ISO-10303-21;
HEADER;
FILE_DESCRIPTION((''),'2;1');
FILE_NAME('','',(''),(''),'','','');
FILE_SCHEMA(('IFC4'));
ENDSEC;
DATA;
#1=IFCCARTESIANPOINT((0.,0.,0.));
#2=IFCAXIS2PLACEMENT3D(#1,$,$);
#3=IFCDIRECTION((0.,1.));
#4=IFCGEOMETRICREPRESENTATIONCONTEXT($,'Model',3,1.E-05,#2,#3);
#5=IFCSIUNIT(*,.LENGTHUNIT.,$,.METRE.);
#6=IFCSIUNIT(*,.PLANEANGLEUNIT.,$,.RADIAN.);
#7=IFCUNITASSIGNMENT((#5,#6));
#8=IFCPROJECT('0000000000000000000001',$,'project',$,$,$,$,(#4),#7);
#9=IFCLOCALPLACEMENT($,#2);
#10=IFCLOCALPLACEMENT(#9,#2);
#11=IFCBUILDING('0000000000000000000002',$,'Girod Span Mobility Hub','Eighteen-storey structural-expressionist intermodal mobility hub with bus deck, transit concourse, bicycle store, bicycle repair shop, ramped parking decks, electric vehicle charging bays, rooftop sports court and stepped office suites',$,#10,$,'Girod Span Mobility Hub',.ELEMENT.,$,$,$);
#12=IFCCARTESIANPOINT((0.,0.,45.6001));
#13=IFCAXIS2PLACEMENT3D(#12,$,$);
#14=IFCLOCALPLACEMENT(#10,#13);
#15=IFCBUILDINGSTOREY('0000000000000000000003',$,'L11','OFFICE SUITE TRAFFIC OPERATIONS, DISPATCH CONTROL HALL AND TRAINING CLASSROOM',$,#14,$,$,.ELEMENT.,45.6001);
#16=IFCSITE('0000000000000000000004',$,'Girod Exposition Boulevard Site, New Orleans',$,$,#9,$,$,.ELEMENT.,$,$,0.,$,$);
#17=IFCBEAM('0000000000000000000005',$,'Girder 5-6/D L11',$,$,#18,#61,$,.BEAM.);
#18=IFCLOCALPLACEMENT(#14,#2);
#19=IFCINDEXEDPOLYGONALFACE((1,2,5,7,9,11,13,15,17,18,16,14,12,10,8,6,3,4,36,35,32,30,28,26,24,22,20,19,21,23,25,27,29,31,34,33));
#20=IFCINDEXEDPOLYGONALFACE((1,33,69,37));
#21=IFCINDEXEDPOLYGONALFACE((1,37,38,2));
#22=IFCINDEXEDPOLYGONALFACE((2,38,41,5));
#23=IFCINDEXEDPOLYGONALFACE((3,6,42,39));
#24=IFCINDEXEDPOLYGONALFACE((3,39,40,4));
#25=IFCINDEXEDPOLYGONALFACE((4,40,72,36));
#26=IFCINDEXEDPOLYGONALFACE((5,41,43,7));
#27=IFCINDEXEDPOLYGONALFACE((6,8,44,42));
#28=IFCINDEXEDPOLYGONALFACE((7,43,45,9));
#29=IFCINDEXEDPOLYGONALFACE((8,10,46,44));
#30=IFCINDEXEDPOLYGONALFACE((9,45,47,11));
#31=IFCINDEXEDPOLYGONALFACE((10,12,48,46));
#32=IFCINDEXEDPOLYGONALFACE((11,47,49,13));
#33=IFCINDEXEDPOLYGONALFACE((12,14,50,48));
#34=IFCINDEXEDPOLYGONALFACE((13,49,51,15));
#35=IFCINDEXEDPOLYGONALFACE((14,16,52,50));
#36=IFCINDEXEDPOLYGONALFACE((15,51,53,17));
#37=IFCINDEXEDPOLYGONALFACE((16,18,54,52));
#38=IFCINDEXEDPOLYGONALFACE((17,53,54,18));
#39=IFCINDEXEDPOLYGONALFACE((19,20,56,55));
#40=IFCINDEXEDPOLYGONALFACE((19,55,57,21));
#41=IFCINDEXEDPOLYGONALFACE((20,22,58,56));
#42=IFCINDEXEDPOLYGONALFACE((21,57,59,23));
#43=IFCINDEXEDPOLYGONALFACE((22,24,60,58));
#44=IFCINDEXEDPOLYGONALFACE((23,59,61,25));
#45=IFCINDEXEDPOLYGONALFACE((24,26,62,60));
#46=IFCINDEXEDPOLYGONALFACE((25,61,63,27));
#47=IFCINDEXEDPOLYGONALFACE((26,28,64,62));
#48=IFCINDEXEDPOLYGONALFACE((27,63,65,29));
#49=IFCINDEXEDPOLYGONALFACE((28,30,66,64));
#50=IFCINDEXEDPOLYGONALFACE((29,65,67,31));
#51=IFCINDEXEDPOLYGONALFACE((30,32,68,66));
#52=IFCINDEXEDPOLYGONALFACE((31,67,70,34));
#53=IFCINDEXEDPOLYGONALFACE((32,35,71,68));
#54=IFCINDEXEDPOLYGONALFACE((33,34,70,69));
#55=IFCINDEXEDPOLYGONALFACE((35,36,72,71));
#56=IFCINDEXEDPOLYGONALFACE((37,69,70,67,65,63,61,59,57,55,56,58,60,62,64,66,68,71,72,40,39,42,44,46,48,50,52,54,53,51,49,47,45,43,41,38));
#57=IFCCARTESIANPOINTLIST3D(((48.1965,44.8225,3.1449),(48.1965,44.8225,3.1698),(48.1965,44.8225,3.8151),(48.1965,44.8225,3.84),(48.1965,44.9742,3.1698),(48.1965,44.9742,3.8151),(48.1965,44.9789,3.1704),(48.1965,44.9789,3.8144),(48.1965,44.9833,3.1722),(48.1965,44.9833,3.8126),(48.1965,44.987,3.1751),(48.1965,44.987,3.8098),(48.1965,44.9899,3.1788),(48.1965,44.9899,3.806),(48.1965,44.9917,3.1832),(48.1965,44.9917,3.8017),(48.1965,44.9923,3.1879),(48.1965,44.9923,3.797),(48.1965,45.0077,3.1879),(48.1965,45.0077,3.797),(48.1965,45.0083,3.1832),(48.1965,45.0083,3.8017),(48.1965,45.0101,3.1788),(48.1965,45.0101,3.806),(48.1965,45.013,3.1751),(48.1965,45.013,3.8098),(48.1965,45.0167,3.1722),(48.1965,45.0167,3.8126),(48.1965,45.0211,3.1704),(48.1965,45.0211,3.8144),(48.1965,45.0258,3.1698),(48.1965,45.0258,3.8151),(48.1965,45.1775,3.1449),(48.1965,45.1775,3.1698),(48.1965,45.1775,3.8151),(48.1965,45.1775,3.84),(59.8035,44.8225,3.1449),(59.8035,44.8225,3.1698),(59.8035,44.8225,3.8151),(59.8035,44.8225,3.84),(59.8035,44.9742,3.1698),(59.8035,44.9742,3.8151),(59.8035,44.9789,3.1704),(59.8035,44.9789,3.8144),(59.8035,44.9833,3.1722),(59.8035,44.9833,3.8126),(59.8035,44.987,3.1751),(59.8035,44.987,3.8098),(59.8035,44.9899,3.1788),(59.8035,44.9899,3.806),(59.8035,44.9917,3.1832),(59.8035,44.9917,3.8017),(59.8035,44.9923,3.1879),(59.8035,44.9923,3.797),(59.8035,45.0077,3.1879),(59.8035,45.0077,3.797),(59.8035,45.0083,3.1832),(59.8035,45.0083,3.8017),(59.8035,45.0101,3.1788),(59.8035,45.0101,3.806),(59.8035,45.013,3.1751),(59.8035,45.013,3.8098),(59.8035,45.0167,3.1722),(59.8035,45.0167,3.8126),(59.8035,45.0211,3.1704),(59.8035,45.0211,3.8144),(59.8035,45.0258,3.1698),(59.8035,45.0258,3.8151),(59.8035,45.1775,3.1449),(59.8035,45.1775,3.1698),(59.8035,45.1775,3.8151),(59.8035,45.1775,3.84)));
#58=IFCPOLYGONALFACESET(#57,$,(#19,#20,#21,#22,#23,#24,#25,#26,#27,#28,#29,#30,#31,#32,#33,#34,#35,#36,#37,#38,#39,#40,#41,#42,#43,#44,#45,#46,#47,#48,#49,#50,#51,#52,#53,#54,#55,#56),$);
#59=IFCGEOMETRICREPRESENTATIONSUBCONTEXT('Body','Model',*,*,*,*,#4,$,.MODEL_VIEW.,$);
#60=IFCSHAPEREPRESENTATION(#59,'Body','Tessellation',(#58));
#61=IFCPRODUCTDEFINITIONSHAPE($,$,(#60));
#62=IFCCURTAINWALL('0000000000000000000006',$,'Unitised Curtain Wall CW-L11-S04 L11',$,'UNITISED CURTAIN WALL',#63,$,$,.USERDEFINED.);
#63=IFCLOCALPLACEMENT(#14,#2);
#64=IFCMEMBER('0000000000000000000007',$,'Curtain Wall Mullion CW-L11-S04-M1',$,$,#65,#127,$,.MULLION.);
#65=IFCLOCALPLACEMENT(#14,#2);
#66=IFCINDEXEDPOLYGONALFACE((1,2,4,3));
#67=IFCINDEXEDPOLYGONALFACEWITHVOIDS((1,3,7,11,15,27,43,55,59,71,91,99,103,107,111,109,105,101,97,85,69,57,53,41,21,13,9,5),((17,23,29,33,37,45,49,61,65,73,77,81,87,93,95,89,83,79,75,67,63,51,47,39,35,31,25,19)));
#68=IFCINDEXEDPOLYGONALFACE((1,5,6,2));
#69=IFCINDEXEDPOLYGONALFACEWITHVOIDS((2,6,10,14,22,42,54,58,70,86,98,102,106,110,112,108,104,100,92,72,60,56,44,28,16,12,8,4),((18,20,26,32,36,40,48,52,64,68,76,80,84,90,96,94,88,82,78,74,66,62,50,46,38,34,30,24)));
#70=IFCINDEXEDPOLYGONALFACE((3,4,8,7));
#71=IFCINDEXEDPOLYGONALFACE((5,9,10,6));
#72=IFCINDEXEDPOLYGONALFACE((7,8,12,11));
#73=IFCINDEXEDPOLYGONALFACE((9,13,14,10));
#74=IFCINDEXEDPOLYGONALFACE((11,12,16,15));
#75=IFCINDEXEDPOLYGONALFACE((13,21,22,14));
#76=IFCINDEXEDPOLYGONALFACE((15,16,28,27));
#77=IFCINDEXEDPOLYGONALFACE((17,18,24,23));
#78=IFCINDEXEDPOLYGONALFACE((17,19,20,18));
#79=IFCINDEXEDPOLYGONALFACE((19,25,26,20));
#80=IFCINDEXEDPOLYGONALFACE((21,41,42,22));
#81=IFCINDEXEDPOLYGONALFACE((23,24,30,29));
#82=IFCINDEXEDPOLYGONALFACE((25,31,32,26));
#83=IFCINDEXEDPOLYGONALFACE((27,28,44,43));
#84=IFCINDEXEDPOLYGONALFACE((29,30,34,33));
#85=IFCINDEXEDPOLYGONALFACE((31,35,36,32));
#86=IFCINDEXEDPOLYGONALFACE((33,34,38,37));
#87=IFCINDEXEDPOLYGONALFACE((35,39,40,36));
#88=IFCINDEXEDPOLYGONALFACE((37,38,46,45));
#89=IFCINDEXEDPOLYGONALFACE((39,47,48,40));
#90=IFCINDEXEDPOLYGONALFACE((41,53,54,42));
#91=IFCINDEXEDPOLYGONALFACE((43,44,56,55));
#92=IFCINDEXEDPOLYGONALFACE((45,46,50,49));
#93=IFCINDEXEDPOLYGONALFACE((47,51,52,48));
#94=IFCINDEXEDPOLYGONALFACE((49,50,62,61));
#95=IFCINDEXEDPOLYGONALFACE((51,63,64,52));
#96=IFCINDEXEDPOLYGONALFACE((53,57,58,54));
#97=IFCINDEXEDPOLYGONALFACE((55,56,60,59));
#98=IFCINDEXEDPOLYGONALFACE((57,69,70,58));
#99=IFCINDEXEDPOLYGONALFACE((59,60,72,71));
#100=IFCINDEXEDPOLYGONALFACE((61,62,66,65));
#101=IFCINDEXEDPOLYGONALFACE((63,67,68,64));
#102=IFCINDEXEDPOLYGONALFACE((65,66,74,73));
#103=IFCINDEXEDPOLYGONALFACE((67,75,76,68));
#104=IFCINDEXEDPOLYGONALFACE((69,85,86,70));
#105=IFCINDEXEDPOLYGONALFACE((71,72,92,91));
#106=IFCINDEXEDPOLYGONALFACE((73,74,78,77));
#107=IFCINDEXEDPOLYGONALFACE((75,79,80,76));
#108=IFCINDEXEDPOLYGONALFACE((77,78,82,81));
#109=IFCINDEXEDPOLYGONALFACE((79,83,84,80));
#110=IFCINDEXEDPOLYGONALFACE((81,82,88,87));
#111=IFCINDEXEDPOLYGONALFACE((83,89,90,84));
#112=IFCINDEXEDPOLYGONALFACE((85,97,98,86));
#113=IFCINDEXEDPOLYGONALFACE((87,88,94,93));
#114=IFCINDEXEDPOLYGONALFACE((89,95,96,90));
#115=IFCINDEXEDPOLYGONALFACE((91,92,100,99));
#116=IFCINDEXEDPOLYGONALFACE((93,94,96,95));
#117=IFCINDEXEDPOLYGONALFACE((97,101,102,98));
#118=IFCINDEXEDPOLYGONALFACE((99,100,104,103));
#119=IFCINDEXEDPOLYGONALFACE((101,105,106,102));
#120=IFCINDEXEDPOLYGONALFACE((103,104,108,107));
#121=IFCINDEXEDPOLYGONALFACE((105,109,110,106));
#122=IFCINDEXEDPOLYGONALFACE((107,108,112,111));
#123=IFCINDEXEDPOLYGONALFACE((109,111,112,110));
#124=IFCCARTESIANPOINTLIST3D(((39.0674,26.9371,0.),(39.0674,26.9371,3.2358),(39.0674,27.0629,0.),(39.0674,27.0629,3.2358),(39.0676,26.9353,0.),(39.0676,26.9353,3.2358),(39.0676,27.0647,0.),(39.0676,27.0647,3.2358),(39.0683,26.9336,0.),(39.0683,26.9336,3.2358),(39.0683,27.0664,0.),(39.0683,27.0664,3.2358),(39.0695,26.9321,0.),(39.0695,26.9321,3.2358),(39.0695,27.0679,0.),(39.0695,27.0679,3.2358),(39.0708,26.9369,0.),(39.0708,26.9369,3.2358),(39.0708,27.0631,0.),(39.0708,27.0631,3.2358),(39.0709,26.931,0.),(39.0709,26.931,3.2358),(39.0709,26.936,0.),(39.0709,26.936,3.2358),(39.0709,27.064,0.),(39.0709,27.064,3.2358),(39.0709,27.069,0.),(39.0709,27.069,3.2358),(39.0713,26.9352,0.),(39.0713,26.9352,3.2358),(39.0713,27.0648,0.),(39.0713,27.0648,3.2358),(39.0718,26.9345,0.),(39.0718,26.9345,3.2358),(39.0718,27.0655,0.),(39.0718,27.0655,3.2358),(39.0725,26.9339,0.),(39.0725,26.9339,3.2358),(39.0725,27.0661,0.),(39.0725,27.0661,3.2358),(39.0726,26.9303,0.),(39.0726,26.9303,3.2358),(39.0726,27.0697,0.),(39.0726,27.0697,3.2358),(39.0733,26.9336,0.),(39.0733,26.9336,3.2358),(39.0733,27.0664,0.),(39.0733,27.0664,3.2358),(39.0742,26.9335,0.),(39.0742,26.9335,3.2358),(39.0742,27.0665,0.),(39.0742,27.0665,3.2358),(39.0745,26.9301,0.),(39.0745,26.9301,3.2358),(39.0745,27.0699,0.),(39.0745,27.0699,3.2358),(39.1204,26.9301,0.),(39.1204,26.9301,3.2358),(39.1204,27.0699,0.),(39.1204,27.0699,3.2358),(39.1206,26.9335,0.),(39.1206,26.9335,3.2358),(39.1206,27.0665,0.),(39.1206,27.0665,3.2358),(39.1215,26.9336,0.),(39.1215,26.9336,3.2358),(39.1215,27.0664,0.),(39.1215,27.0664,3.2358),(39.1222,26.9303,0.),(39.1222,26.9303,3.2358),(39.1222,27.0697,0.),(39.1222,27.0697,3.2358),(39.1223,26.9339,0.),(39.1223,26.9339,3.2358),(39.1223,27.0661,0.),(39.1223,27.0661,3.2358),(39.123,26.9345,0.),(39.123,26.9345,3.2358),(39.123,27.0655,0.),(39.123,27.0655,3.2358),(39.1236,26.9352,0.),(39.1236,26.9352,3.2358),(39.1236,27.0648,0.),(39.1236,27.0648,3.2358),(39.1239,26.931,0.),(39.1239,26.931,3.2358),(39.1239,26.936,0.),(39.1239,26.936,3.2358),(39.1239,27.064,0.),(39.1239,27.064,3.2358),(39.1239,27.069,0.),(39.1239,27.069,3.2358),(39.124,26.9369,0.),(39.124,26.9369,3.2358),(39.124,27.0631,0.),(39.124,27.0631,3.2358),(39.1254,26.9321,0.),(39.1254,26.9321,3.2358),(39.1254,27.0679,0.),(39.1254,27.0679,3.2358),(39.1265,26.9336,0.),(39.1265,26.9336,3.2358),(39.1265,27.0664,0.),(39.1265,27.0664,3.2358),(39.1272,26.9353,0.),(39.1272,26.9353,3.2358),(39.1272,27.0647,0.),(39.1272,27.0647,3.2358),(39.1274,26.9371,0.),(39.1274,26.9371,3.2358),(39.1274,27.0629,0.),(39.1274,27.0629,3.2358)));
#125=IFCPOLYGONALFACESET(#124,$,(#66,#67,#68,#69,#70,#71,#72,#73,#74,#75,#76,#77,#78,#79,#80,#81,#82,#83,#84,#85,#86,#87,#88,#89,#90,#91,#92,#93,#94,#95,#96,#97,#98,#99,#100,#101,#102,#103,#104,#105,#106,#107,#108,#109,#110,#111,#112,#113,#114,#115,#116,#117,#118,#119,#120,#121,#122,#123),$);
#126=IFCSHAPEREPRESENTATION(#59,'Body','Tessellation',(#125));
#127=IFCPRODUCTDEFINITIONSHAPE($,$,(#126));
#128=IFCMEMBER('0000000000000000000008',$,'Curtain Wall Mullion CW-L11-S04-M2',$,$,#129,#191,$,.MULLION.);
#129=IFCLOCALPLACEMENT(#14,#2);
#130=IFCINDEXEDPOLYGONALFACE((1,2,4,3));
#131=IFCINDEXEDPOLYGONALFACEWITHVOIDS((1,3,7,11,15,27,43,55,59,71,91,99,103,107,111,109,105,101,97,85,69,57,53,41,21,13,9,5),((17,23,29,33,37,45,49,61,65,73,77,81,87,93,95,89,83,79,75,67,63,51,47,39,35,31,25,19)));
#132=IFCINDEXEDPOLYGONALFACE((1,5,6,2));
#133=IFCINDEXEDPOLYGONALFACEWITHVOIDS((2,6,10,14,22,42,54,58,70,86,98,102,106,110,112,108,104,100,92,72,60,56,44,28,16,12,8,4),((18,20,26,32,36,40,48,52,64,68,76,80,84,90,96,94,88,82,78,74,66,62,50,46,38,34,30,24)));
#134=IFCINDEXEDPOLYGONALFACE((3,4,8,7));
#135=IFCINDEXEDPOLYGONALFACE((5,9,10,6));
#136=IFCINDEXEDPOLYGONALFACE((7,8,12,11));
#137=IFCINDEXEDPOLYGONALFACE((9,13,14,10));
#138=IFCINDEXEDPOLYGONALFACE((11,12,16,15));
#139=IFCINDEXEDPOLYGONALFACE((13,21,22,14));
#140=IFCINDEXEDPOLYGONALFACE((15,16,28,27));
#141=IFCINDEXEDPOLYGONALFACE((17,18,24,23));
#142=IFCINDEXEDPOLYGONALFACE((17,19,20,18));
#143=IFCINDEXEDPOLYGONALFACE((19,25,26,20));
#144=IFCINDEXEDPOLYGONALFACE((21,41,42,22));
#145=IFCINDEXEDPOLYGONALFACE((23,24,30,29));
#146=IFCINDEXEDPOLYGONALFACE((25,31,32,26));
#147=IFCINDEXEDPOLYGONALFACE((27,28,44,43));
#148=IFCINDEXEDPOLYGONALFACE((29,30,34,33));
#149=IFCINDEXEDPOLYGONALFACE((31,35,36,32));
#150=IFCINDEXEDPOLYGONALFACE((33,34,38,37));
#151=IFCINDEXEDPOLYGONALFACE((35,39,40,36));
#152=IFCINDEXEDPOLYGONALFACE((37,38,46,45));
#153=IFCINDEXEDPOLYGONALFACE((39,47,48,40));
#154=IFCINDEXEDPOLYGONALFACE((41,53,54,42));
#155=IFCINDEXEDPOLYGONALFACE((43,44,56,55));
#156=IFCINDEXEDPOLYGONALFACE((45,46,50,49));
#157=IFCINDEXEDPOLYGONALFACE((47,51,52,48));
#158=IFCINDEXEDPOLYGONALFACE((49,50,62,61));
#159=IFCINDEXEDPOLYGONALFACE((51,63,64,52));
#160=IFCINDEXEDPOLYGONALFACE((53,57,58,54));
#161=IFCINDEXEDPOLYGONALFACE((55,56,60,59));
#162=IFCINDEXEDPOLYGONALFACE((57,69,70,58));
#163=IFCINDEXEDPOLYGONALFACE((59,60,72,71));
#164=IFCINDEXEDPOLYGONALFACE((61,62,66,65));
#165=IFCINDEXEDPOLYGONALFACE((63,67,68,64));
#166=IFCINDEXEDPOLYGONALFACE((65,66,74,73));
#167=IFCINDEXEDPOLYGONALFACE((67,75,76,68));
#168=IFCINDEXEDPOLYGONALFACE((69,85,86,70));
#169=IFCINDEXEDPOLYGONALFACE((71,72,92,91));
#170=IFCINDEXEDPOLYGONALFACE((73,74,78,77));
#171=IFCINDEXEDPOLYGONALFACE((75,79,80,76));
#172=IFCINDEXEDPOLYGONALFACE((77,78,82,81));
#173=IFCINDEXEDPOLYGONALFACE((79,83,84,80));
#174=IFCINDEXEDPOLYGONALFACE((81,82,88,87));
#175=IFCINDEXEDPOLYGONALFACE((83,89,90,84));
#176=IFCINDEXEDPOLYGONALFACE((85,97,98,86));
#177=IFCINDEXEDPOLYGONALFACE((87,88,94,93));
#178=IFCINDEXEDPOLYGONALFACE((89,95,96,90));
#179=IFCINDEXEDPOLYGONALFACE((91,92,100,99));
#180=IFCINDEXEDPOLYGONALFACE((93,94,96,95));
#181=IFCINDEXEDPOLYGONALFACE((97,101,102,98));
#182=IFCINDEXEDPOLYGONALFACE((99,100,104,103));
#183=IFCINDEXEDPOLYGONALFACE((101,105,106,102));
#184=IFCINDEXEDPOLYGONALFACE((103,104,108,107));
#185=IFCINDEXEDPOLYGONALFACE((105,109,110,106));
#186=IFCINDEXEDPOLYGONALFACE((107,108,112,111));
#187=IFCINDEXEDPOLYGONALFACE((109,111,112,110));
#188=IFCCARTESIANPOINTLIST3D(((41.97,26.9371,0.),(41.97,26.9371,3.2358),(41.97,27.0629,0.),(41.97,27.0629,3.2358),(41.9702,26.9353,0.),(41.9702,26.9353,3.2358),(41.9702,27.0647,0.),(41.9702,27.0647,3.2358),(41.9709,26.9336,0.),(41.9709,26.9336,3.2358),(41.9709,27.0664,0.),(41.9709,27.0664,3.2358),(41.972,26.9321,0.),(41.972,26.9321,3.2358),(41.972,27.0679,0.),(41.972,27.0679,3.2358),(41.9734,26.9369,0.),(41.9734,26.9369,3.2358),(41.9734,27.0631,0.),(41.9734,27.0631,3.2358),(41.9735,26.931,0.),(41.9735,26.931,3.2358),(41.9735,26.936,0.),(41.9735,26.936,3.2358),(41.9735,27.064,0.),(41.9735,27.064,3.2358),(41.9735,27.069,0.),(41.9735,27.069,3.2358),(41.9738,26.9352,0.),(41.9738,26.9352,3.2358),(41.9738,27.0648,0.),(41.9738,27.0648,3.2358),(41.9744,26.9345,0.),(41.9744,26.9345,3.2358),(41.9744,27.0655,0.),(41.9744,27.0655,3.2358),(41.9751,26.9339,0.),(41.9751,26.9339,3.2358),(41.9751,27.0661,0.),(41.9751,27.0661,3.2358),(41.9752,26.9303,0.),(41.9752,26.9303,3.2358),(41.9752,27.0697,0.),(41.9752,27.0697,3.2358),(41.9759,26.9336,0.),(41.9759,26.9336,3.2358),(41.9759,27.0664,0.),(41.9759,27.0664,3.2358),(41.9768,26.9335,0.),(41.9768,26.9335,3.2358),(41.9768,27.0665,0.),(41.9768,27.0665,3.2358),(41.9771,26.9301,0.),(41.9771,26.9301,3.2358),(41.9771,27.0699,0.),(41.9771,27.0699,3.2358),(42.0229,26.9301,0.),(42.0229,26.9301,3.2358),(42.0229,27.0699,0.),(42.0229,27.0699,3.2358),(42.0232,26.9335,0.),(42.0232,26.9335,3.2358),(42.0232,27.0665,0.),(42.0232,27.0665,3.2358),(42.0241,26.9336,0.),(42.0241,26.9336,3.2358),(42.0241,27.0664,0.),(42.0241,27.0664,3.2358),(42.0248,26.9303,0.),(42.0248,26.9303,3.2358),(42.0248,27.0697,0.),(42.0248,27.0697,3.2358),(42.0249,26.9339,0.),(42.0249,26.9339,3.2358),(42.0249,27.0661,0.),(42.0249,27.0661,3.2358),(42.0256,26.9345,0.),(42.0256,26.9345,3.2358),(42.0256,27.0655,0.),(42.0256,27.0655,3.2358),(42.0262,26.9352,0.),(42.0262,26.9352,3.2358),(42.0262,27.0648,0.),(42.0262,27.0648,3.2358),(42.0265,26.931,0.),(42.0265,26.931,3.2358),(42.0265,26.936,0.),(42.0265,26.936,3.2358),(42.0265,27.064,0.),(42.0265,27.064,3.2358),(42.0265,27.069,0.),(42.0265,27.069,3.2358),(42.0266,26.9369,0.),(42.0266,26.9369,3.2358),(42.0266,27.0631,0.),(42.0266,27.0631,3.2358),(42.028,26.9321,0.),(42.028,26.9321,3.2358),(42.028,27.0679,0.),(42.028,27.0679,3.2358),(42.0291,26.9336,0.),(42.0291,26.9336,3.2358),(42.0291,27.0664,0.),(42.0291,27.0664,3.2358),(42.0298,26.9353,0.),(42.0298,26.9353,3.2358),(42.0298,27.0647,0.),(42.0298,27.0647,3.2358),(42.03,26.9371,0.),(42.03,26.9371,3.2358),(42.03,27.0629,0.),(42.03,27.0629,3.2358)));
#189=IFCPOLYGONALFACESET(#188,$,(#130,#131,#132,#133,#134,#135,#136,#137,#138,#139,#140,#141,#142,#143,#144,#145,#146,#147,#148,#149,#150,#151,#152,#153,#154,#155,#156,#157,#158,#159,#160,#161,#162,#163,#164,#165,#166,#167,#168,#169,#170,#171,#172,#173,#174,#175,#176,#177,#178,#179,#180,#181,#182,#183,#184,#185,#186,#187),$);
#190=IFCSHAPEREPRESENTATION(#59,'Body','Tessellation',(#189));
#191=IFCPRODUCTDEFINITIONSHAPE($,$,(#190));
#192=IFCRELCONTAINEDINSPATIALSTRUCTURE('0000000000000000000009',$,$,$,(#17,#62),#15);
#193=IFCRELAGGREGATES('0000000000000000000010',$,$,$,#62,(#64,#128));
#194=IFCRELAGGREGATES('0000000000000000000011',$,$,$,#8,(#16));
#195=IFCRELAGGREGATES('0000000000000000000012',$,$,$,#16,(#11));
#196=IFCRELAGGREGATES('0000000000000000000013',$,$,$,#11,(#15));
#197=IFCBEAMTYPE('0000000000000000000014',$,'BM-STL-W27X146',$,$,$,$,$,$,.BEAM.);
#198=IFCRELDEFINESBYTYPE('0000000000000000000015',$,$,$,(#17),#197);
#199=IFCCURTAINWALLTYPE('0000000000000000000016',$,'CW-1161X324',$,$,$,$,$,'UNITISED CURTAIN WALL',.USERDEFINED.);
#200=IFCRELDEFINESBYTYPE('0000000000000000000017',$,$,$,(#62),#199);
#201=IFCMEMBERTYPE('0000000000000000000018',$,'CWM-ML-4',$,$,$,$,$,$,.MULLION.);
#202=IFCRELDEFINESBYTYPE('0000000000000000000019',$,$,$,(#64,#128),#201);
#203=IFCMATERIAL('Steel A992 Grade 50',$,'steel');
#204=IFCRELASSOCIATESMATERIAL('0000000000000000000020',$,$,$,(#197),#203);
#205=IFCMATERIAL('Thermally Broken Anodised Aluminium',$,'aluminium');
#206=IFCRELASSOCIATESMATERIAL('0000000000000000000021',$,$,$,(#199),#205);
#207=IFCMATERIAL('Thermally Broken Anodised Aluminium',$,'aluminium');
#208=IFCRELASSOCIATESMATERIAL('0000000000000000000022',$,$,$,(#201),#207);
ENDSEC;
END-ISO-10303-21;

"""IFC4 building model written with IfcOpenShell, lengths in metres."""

from ifc_helpers import new_model, si_unit, direction, frame, origin, origin_2d, place, context, subcontext, project, spatial, hollow_rectangle, i_section, extrude, material, material_profile, profile_set, type_object, element, aggregate, save


model = new_model("IFC4")

# Units and contexts
model_context = context("Model", 3, precision=1e-05, world=origin(), true_north=direction((0.0, 1.0)))
body_context = subcontext(model_context, "Body", "Model", "MODEL_VIEW")
ifc_project = project(units=[si_unit("LENGTHUNIT", "METRE"), si_unit("PLANEANGLEUNIT", "RADIAN")], contexts=[model_context])

# Site, building, storey
site_placement = place(None, origin())
site = spatial("IfcSite", under=ifc_project, at=site_placement, Name="Girod Exposition Boulevard Site, New Orleans", CompositionType="ELEMENT", RefElevation=0.0)
building_placement = place(site_placement, origin())
building = spatial("IfcBuilding", under=site, at=building_placement, Name="Girod Span Mobility Hub", Description="Eighteen-storey structural-expressionist intermodal mobility hub with bus deck, transit concourse, bicycle store, bicycle repair shop, ramped parking decks, electric vehicle charging bays, rooftop sports court and stepped office suites", LongName="Girod Span Mobility Hub", CompositionType="ELEMENT")
storey_placement = place(building_placement, frame((0.0, 0.0, 45.6001)))
storey = spatial("IfcBuildingStorey", under=building, at=storey_placement, Name="L11", Description="OFFICE SUITE TRAFFIC OPERATIONS, DISPATCH CONTROL HALL AND TRAINING CLASSROOM", CompositionType="ELEMENT", Elevation=45.6001)

# Beam
ifc_material_1 = material(Name="Steel A992 Grade 50", Category="steel")
ifc_material_profile_1 = material_profile(ifc_material_1, i_section(OverallWidth=0.355, OverallDepth=0.6951, WebThickness=0.0154, FlangeThickness=0.0249, FilletRadius=0.0181, at=origin_2d()), Name="W27X146")
ifc_profile_set_1 = profile_set([ifc_material_profile_1], Name="Steel A992 Grade 50")
beam_type_1 = type_object("IfcBeamType", Name="BM-STL-W27X146", PredefinedType="BEAM", material=ifc_profile_set_1)
beam_1_placement = place(storey_placement, frame((48.1965, 45.0, 3.4924), z_axis=(1.0, 0.0, 0.0), x_axis=(0.0, 1.0, 0.0)))
element("IfcBeam", 1, at=beam_1_placement, inside=storey, type_object=beam_type_1, Name="Girder 5-6/D L11", PredefinedType="BEAM", context=body_context, shape_type="SweptSolid", body=[
    extrude(i_section(OverallWidth=0.355, OverallDepth=0.6951, WebThickness=0.0154, FlangeThickness=0.0249, FilletRadius=0.0181, at=origin_2d()), origin(), (0.0, 0.0, 1.0), 11.6069),
])

# Curtain wall, members
ifc_material_2 = material(Name="Thermally Broken Anodised Aluminium", Category="aluminium")
curtain_wall_type = type_object("IfcCurtainWallType", Name="CW-1161X324", ElementType="UNITISED CURTAIN WALL", PredefinedType="USERDEFINED", material=ifc_material_2)
curtain_wall_1_placement = place(storey_placement, origin())
curtain_wall_1 = element("IfcCurtainWall", 2, at=curtain_wall_1_placement, inside=storey, type_object=curtain_wall_type, Name="Unitised Curtain Wall CW-L11-S04 L11", ObjectType="UNITISED CURTAIN WALL", PredefinedType="USERDEFINED")
ifc_material_3 = material(Name="Thermally Broken Anodised Aluminium", Category="aluminium")
ifc_material_profile_2 = material_profile(ifc_material_3, hollow_rectangle(XDim=0.1399, YDim=0.0601, WallThickness=0.0034, InnerFilletRadius=0.0034, OuterFilletRadius=0.0071, at=origin_2d()), Name="CW-ML-60X140")
ifc_profile_set_2 = profile_set([ifc_material_profile_2], Name="Thermally Broken Anodised Aluminium")
member_type_1 = type_object("IfcMemberType", Name="CWM-ML-4", PredefinedType="MULLION", material=ifc_profile_set_2)
member_1_placement = place(storey_placement, frame((39.0974, 27.0, 0.0), z_axis=(0.0, 0.0, 1.0), x_axis=(0.0, 1.0, 0.0)))
member_1 = element("IfcMember", 3, at=member_1_placement, type_object=member_type_1, Name="Curtain Wall Mullion CW-L11-S04-M1", PredefinedType="MULLION", context=body_context, shape_type="SweptSolid", body=[
    extrude(hollow_rectangle(XDim=0.1399, YDim=0.0601, WallThickness=0.0034, InnerFilletRadius=0.0034, OuterFilletRadius=0.0071, at=origin_2d()), origin(), (0.0, 0.0, 1.0), 3.2358),
])
member_2_placement = place(storey_placement, frame((42.0, 27.0, 0.0), z_axis=(0.0, 0.0, 1.0), x_axis=(0.0, 1.0, 0.0)))
member_2 = element("IfcMember", 4, at=member_2_placement, type_object=member_type_1, Name="Curtain Wall Mullion CW-L11-S04-M2", PredefinedType="MULLION", context=body_context, shape_type="SweptSolid", body=[
    extrude(hollow_rectangle(XDim=0.1399, YDim=0.0601, WallThickness=0.0034, InnerFilletRadius=0.0034, OuterFilletRadius=0.0071, at=origin_2d()), origin(), (0.0, 0.0, 1.0), 3.2358),
])

aggregate(curtain_wall_1, [member_1, member_2])

save(model, "model.ifc")
